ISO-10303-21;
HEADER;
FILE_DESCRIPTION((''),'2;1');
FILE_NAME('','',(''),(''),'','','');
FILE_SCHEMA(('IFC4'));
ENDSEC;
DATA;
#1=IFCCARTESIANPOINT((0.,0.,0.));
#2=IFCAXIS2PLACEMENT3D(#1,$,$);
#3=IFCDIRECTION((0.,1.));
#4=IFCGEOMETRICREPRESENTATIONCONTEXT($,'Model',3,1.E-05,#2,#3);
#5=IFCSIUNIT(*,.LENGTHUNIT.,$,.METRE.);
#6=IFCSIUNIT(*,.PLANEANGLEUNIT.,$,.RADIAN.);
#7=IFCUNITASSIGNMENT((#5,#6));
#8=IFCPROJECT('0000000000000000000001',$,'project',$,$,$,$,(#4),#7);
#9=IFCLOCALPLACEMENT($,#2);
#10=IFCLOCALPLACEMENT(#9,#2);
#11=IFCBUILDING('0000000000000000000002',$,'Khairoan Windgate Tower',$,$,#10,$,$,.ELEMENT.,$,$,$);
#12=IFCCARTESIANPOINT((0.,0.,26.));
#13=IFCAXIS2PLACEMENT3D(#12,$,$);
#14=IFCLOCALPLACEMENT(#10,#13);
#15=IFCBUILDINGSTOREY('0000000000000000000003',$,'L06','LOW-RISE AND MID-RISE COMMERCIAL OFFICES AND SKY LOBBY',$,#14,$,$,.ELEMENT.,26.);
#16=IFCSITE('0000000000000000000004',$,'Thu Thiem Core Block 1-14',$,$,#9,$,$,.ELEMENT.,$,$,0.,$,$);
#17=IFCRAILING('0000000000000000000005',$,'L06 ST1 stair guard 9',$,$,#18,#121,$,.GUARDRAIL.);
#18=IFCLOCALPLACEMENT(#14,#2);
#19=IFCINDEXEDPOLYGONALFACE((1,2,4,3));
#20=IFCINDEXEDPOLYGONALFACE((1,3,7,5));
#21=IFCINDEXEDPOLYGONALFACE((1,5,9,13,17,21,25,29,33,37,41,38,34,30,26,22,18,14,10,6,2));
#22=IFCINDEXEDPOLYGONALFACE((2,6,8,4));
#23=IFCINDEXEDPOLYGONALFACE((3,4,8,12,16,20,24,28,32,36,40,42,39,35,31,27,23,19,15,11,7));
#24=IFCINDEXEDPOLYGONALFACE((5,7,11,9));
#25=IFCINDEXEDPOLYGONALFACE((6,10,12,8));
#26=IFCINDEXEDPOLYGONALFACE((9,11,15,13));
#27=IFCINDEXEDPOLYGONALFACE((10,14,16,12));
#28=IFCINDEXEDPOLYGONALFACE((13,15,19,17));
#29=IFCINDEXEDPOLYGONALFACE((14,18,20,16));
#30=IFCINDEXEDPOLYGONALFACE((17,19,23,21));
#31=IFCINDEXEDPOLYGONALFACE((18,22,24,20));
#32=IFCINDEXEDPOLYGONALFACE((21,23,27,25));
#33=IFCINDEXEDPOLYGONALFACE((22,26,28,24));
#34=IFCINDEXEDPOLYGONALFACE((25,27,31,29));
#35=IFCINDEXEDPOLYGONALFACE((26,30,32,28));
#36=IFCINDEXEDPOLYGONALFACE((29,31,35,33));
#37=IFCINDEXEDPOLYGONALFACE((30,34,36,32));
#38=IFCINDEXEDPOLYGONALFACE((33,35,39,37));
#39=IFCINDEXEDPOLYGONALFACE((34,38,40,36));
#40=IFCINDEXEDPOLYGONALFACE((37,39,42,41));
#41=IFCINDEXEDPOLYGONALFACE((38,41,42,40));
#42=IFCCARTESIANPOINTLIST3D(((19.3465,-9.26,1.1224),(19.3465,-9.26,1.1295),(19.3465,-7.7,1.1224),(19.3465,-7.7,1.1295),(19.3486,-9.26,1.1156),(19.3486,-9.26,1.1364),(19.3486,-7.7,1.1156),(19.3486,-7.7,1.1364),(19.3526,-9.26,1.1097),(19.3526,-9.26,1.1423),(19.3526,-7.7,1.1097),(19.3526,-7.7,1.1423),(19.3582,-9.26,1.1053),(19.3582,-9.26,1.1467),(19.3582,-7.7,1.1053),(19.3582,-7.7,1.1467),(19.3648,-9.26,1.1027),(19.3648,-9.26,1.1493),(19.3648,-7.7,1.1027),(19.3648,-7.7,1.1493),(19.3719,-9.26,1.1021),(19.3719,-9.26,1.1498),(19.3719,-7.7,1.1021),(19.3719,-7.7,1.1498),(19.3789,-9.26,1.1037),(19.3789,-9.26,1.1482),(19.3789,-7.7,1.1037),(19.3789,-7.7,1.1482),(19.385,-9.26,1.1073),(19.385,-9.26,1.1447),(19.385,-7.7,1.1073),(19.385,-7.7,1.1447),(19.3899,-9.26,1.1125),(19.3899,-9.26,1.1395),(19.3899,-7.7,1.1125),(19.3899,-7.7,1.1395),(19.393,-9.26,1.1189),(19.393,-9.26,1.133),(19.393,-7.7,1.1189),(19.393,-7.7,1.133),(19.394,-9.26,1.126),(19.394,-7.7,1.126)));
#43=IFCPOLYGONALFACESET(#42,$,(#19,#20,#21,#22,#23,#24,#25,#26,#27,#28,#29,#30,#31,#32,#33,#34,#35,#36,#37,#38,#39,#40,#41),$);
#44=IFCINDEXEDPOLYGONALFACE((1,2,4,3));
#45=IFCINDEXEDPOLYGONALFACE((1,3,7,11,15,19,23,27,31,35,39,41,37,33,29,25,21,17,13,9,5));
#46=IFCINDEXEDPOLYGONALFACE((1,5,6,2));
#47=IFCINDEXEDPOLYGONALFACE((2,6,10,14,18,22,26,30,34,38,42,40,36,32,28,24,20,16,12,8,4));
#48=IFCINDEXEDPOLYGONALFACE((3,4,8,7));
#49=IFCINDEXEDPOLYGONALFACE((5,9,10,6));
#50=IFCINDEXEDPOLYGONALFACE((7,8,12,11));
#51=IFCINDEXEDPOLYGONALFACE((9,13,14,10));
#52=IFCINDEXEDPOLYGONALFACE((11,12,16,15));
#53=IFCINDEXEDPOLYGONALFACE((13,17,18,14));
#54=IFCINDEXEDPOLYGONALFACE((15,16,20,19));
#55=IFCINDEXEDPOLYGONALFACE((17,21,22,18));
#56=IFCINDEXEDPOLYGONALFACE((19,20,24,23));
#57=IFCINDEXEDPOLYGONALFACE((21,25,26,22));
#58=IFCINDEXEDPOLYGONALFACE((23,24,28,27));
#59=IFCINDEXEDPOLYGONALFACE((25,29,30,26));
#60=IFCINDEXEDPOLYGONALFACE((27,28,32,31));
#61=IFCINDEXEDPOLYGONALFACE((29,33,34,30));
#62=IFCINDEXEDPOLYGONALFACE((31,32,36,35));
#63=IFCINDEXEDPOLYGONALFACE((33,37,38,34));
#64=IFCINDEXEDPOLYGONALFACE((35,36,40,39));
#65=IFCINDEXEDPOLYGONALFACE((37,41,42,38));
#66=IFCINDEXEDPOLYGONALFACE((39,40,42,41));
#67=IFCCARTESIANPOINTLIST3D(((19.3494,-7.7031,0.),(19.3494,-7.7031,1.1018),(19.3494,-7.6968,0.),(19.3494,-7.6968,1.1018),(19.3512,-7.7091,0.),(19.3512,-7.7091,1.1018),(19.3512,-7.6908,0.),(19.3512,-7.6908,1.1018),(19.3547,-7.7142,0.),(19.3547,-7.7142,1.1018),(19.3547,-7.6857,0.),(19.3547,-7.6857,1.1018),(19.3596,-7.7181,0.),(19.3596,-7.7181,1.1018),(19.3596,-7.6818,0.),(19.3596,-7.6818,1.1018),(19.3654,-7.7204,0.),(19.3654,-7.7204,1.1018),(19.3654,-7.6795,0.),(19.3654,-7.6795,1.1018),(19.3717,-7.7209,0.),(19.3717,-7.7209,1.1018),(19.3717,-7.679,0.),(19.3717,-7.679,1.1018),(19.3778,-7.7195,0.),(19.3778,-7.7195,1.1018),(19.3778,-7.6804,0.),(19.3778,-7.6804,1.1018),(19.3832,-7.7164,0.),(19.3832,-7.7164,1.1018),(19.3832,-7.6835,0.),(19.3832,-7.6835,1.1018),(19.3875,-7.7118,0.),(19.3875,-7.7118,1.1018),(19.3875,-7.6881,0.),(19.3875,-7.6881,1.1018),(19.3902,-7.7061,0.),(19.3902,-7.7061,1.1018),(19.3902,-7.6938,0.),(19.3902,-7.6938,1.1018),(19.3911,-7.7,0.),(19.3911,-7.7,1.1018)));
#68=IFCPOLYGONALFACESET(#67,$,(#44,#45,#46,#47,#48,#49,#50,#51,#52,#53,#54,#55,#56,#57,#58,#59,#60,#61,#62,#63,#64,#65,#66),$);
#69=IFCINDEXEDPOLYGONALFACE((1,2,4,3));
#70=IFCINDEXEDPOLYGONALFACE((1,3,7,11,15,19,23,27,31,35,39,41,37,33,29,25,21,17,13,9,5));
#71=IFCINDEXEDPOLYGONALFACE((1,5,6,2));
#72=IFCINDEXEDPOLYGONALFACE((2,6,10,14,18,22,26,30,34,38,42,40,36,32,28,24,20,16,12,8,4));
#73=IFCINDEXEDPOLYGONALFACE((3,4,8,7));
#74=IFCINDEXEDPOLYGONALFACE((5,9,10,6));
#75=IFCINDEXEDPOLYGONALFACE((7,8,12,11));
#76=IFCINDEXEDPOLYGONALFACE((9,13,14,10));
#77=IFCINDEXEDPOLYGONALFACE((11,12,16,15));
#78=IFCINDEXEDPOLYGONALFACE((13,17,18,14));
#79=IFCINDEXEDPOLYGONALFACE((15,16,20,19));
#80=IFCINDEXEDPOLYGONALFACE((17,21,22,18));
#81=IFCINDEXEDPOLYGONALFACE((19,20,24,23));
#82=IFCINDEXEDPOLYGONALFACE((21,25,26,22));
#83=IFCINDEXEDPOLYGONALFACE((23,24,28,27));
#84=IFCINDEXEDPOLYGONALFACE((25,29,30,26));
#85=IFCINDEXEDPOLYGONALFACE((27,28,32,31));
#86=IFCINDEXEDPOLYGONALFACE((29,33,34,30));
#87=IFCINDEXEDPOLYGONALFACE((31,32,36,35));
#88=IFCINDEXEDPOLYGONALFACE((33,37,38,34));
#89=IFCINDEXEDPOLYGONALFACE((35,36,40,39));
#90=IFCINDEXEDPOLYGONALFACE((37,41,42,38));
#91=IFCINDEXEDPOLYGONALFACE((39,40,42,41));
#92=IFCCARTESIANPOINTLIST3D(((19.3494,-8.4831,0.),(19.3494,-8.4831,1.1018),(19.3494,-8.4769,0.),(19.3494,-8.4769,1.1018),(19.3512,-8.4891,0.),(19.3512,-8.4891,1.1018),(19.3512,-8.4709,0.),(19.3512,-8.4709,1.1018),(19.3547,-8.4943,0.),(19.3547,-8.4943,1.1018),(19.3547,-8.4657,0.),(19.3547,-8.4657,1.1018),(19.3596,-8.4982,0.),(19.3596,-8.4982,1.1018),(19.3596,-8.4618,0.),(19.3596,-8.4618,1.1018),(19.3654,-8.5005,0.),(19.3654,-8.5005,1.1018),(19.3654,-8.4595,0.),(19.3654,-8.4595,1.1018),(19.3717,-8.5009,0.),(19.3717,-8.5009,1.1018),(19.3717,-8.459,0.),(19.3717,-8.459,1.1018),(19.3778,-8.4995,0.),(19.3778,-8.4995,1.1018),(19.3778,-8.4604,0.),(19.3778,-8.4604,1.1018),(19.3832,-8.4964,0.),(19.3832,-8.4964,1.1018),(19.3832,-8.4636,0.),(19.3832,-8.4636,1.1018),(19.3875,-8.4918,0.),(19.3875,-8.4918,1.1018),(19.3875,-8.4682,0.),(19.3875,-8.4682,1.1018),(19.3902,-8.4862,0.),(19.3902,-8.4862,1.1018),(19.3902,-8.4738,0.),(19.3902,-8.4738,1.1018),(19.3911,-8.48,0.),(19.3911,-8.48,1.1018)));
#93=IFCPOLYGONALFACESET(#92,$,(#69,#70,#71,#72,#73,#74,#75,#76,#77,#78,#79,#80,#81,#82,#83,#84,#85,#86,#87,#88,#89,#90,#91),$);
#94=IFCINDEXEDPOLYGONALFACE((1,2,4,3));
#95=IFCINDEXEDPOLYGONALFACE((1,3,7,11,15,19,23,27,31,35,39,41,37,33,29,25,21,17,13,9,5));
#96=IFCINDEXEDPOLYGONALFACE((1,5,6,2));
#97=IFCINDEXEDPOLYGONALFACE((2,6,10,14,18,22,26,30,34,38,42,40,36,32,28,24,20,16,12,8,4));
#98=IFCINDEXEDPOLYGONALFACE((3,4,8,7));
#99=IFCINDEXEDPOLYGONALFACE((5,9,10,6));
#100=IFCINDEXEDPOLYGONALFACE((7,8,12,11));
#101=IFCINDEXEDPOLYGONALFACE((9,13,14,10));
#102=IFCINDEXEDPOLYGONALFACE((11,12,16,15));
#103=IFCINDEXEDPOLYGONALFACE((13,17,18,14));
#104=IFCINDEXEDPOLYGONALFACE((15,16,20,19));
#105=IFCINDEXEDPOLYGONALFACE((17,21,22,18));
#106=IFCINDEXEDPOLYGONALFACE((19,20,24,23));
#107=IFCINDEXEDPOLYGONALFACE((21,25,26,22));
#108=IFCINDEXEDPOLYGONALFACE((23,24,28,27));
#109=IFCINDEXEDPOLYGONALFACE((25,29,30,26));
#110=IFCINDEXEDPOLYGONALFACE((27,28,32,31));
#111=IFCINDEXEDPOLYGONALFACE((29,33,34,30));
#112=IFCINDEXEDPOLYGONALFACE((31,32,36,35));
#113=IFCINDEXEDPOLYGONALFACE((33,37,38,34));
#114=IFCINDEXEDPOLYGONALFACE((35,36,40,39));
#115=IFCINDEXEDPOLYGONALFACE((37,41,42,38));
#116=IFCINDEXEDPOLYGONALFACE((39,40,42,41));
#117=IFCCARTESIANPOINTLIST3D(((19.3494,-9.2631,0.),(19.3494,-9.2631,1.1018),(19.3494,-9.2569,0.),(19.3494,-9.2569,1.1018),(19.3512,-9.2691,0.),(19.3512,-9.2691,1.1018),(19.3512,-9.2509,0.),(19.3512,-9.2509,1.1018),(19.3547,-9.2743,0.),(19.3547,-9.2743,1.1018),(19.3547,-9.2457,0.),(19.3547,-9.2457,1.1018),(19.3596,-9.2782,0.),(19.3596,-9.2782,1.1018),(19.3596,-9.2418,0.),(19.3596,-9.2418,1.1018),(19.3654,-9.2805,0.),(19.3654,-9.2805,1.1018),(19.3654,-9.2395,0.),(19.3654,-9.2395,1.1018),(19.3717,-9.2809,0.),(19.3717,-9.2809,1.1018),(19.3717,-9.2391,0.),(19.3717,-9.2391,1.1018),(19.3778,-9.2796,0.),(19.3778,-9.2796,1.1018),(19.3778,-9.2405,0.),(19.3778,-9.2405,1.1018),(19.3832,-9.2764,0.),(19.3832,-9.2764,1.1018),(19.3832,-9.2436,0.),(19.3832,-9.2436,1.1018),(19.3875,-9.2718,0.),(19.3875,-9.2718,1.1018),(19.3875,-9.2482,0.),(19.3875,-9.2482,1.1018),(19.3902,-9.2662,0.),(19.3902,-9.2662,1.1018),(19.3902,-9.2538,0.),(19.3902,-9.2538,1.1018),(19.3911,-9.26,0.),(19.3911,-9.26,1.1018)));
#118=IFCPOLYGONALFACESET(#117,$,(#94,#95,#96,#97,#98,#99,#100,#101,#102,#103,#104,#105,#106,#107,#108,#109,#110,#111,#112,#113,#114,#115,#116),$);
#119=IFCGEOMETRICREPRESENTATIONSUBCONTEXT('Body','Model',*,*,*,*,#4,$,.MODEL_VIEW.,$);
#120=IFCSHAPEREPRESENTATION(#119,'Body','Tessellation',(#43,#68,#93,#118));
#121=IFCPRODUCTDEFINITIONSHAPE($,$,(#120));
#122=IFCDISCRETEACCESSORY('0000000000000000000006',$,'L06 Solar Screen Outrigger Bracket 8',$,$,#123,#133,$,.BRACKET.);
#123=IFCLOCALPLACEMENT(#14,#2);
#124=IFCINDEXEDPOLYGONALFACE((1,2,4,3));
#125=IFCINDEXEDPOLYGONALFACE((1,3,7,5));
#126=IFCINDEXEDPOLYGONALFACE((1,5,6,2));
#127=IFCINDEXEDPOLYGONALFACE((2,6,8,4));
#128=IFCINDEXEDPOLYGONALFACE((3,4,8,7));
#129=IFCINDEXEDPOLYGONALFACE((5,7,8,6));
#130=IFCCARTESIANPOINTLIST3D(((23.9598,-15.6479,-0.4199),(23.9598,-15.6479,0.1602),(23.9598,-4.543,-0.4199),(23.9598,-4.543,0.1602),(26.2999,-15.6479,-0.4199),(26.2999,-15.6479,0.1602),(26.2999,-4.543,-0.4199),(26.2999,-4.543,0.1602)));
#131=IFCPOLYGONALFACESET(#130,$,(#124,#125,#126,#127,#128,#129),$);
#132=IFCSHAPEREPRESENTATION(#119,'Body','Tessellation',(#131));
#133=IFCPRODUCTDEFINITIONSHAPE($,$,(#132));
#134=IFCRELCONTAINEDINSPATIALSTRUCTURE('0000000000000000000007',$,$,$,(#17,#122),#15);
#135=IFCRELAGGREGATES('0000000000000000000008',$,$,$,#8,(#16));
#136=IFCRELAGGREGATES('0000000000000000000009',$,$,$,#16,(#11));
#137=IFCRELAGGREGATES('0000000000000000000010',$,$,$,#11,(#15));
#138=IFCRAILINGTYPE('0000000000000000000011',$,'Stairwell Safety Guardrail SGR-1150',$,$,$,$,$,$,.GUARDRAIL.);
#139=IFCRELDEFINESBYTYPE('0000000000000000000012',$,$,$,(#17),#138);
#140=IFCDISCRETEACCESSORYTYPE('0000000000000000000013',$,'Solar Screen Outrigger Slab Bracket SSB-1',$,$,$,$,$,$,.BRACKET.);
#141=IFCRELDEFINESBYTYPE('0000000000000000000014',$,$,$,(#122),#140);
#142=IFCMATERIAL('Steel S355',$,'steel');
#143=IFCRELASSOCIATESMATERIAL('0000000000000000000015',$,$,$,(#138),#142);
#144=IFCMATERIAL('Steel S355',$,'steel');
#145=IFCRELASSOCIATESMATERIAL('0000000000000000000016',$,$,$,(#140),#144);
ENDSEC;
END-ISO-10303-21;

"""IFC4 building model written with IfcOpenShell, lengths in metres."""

from ifc_helpers import new_model, si_unit, direction, frame, origin, origin_2d, place, context, subcontext, project, spatial, rectangle, circle, extrude, material, type_object, element, save


model = new_model("IFC4")

# Units and contexts
model_context = context("Model", 3, precision=1e-05, world=origin(), true_north=direction((0.0, 1.0)))
body_context = subcontext(model_context, "Body", "Model", "MODEL_VIEW")
ifc_project = project(units=[si_unit("LENGTHUNIT", "METRE"), si_unit("PLANEANGLEUNIT", "RADIAN")], contexts=[model_context])

# Site, building, storey
site_placement = place(None, origin())
site = spatial("IfcSite", under=ifc_project, at=site_placement, Name="Thu Thiem Core Block 1-14", CompositionType="ELEMENT", RefElevation=0.0)
building_placement = place(site_placement, origin())
building = spatial("IfcBuilding", under=site, at=building_placement, Name="Khairoan Windgate Tower", CompositionType="ELEMENT")
storey_placement = place(building_placement, frame((0.0, 0.0, 26.0)))
storey = spatial("IfcBuildingStorey", under=building, at=storey_placement, Name="L06", Description="LOW-RISE AND MID-RISE COMMERCIAL OFFICES AND SKY LOBBY", CompositionType="ELEMENT", Elevation=26.0)

# Railing
ifc_material_1 = material(Name="Steel S355", Category="steel")
railing_type = type_object("IfcRailingType", Name="Stairwell Safety Guardrail SGR-1150", PredefinedType="GUARDRAIL", material=ifc_material_1)
for number, where, name in (
    (1, (19.3701, -7.7, 0.0), "L06 ST1 stair guard 9"),
):
    element("IfcRailing", number, at=place(storey_placement, frame(where)), inside=storey, type_object=railing_type, Name=name, PredefinedType="GUARDRAIL", context=body_context, shape_type="SweptSolid", body=[
        extrude(circle(Radius=0.0239, at=origin_2d()), frame((0.0, 0.0, 1.126), z_axis=(0.0, -1.0, 0.0), x_axis=(1.0, 0.0, 0.0)), (0.0, 0.0, 1.0), 1.5601),
        extrude(circle(Radius=0.021, at=origin_2d()), origin(), (0.0, 0.0, 1.0), 1.1018),
        extrude(circle(Radius=0.021, at=origin_2d()), frame((0.0, -0.78, 0.0)), (0.0, 0.0, 1.0), 1.1018),
        extrude(circle(Radius=0.021, at=origin_2d()), frame((0.0, -1.5601, 0.0)), (0.0, 0.0, 1.0), 1.1018),
    ])

# Discrete accessory
ifc_material_2 = material(Name="Steel S355", Category="steel")
discrete_accessory_type = type_object("IfcDiscreteAccessoryType", Name="Solar Screen Outrigger Slab Bracket SSB-1", PredefinedType="BRACKET", material=ifc_material_2)
discrete_accessory_placement = place(storey_placement, frame((25.1299, -10.0955, -0.4199), z_axis=(0.0, 0.0, 1.0), x_axis=(0.0, -1.0, 0.0)))
element("IfcDiscreteAccessory", 2, at=discrete_accessory_placement, inside=storey, type_object=discrete_accessory_type, Name="L06 Solar Screen Outrigger Bracket 8", PredefinedType="BRACKET", context=body_context, shape_type="SweptSolid", body=[
    extrude(rectangle(XDim=11.105, YDim=2.3401, at=origin_2d()), origin(), (0.0, 0.0, 1.0), 0.5801),
])

save(model, "model.ifc")
